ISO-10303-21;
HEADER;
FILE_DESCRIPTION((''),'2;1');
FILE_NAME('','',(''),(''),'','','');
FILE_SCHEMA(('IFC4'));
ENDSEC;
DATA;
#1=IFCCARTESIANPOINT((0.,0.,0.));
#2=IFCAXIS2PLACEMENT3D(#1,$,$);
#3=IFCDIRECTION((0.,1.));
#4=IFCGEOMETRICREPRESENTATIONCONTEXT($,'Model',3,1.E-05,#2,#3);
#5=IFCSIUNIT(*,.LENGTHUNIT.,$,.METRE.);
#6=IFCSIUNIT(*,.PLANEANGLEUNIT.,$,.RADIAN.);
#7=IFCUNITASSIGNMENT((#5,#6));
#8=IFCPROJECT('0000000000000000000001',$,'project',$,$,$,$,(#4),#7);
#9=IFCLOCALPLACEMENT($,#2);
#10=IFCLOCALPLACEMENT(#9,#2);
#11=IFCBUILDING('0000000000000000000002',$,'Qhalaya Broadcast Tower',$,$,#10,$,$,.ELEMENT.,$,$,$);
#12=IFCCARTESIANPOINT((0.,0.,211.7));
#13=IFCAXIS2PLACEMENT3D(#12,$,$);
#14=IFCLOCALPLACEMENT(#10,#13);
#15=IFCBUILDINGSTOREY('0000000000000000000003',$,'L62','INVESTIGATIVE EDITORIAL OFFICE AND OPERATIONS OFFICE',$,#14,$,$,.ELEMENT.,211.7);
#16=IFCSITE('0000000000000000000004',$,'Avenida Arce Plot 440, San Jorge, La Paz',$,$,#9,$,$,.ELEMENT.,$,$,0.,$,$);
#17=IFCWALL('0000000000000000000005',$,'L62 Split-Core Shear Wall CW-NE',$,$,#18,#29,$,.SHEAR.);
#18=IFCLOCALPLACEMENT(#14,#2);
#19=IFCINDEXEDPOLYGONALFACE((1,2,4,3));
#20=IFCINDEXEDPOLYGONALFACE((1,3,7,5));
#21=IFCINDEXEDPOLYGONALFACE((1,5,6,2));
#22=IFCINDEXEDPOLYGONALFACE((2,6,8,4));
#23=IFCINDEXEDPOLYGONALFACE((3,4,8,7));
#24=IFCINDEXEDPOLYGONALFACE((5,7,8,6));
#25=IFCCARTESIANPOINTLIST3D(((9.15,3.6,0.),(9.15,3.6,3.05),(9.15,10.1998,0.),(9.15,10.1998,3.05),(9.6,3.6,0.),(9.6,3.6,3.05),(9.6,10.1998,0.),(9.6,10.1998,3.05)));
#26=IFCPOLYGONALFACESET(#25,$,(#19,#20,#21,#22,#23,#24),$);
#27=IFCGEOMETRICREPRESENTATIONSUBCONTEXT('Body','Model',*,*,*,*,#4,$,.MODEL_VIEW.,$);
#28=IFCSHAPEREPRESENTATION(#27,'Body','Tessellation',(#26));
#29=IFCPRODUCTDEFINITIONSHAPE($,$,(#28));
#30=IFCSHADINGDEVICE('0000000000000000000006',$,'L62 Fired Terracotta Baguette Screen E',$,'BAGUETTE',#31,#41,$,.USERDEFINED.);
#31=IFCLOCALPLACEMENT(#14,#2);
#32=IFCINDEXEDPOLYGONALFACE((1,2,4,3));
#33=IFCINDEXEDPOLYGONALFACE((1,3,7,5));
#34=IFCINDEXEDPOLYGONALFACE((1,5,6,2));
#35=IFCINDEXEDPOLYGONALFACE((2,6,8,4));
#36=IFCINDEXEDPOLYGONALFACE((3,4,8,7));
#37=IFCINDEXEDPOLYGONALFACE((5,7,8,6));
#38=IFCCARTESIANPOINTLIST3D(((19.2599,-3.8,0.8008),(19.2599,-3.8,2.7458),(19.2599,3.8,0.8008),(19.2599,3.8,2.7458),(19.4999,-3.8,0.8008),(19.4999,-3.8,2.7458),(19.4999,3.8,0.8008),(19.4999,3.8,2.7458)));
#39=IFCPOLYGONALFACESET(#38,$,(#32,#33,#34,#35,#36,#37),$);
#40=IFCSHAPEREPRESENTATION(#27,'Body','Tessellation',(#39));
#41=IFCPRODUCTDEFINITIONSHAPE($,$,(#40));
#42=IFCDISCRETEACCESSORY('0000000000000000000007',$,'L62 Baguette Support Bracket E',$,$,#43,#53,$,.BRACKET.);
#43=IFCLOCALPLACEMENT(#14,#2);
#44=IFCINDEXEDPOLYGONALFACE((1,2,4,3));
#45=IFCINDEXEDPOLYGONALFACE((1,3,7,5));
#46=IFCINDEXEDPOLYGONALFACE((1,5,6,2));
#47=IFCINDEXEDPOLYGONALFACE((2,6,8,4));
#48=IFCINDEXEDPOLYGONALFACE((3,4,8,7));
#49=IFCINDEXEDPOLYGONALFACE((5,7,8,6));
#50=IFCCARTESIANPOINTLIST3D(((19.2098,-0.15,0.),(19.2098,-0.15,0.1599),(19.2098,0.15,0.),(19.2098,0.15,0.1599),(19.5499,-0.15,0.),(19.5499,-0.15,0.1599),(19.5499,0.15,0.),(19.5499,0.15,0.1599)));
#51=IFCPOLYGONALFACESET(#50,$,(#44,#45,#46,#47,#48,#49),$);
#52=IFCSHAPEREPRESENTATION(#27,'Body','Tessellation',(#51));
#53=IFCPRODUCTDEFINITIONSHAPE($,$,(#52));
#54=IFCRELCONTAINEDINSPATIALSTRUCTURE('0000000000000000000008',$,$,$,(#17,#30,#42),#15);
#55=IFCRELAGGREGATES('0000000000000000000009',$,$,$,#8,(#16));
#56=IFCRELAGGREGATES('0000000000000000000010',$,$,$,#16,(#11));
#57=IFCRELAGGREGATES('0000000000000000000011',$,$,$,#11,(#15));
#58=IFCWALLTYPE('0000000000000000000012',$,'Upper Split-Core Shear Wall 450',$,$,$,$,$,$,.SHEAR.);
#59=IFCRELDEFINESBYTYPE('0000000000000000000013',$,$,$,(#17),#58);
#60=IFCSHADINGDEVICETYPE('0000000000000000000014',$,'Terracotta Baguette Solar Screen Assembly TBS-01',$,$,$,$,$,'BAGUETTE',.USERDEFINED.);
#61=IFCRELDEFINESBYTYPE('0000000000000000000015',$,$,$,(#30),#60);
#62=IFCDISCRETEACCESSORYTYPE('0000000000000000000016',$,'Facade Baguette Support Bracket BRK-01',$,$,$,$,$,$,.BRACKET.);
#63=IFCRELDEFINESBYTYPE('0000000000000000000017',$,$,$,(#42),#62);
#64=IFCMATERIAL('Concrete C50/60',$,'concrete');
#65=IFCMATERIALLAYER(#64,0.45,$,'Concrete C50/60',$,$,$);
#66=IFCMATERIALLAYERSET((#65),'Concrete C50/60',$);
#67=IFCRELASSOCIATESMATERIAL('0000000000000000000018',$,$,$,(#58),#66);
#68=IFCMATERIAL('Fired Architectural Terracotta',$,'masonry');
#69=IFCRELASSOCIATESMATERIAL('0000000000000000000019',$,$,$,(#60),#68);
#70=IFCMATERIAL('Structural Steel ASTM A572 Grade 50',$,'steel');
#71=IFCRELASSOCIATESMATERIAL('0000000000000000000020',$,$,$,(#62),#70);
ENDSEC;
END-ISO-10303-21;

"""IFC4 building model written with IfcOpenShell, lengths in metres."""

from ifc_helpers import new_model, si_unit, direction, frame, frame_2d, origin, origin_2d, place, context, subcontext, project, spatial, rectangle, extrude, material, layer, layer_set, type_object, element, save


model = new_model("IFC4")

# Units and contexts
model_context = context("Model", 3, precision=1e-05, world=origin(), true_north=direction((0.0, 1.0)))
body_context = subcontext(model_context, "Body", "Model", "MODEL_VIEW")
ifc_project = project(units=[si_unit("LENGTHUNIT", "METRE"), si_unit("PLANEANGLEUNIT", "RADIAN")], contexts=[model_context])

# Site, building, storey
site_placement = place(None, origin())
site = spatial("IfcSite", under=ifc_project, at=site_placement, Name="Avenida Arce Plot 440, San Jorge, La Paz", CompositionType="ELEMENT", RefElevation=0.0)
building_placement = place(site_placement, origin())
building = spatial("IfcBuilding", under=site, at=building_placement, Name="Qhalaya Broadcast Tower", CompositionType="ELEMENT")
storey_placement = place(building_placement, frame((0.0, 0.0, 211.7)))
storey = spatial("IfcBuildingStorey", under=building, at=storey_placement, Name="L62", Description="INVESTIGATIVE EDITORIAL OFFICE AND OPERATIONS OFFICE", CompositionType="ELEMENT", Elevation=211.7)

# Shared definitions
ifc_material_1 = material(Name="Concrete C50/60", Category="concrete")
ifc_material_2 = material(Name="Structural Steel ASTM A572 Grade 50", Category="steel")

# Wall
ifc_layer_1 = layer(ifc_material_1, 0.45, Name="Concrete C50/60")
ifc_layer_set_1 = layer_set([ifc_layer_1], Name="Concrete C50/60")
wall_type_1 = type_object("IfcWallType", Name="Upper Split-Core Shear Wall 450", PredefinedType="SHEAR", material=ifc_layer_set_1)
wall_1_placement = place(storey_placement, frame((9.375, 3.6001, 0.0), z_axis=(0.0, 0.0, 1.0), x_axis=(0.0, 1.0, 0.0)))
element("IfcWall", 1, at=wall_1_placement, inside=storey, type_object=wall_type_1, Name="L62 Split-Core Shear Wall CW-NE", PredefinedType="SHEAR", context=body_context, shape_type="SweptSolid", body=[
    extrude(rectangle(XDim=6.5999, YDim=0.45, at=frame_2d((3.2998, 0.0))), origin(), (0.0, 0.0, 1.0), 3.05),
])

# Shading device
ifc_material_3 = material(Name="Fired Architectural Terracotta", Category="masonry")
shading_device_type = type_object("IfcShadingDeviceType", Name="Terracotta Baguette Solar Screen Assembly TBS-01", ElementType="BAGUETTE", PredefinedType="USERDEFINED", material=ifc_material_3)
shading_device_placement = place(storey_placement, frame((19.3799, 0.0, 0.8008), z_axis=(0.0, 0.0, 1.0), x_axis=(0.0, 1.0, 0.0)))
element("IfcShadingDevice", 2, at=shading_device_placement, inside=storey, type_object=shading_device_type, Name="L62 Fired Terracotta Baguette Screen E", ObjectType="BAGUETTE", PredefinedType="USERDEFINED", context=body_context, shape_type="SweptSolid", body=[
    extrude(rectangle(XDim=7.6001, YDim=0.24, at=origin_2d()), origin(), (0.0, 0.0, 1.0), 1.9451),
])

# Discrete accessory
discrete_accessory_type = type_object("IfcDiscreteAccessoryType", Name="Facade Baguette Support Bracket BRK-01", PredefinedType="BRACKET", material=ifc_material_2)
discrete_accessory_placement = place(storey_placement, frame((19.3799, 0.0, 0.0), z_axis=(0.0, 0.0, 1.0), x_axis=(0.0, 1.0, 0.0)))
element("IfcDiscreteAccessory", 3, at=discrete_accessory_placement, inside=storey, type_object=discrete_accessory_type, Name="L62 Baguette Support Bracket E", PredefinedType="BRACKET", context=body_context, shape_type="SweptSolid", body=[
    extrude(rectangle(XDim=0.3, YDim=0.3401, at=origin_2d()), origin(), (0.0, 0.0, 1.0), 0.1599),
])

save(model, "model.ifc")
